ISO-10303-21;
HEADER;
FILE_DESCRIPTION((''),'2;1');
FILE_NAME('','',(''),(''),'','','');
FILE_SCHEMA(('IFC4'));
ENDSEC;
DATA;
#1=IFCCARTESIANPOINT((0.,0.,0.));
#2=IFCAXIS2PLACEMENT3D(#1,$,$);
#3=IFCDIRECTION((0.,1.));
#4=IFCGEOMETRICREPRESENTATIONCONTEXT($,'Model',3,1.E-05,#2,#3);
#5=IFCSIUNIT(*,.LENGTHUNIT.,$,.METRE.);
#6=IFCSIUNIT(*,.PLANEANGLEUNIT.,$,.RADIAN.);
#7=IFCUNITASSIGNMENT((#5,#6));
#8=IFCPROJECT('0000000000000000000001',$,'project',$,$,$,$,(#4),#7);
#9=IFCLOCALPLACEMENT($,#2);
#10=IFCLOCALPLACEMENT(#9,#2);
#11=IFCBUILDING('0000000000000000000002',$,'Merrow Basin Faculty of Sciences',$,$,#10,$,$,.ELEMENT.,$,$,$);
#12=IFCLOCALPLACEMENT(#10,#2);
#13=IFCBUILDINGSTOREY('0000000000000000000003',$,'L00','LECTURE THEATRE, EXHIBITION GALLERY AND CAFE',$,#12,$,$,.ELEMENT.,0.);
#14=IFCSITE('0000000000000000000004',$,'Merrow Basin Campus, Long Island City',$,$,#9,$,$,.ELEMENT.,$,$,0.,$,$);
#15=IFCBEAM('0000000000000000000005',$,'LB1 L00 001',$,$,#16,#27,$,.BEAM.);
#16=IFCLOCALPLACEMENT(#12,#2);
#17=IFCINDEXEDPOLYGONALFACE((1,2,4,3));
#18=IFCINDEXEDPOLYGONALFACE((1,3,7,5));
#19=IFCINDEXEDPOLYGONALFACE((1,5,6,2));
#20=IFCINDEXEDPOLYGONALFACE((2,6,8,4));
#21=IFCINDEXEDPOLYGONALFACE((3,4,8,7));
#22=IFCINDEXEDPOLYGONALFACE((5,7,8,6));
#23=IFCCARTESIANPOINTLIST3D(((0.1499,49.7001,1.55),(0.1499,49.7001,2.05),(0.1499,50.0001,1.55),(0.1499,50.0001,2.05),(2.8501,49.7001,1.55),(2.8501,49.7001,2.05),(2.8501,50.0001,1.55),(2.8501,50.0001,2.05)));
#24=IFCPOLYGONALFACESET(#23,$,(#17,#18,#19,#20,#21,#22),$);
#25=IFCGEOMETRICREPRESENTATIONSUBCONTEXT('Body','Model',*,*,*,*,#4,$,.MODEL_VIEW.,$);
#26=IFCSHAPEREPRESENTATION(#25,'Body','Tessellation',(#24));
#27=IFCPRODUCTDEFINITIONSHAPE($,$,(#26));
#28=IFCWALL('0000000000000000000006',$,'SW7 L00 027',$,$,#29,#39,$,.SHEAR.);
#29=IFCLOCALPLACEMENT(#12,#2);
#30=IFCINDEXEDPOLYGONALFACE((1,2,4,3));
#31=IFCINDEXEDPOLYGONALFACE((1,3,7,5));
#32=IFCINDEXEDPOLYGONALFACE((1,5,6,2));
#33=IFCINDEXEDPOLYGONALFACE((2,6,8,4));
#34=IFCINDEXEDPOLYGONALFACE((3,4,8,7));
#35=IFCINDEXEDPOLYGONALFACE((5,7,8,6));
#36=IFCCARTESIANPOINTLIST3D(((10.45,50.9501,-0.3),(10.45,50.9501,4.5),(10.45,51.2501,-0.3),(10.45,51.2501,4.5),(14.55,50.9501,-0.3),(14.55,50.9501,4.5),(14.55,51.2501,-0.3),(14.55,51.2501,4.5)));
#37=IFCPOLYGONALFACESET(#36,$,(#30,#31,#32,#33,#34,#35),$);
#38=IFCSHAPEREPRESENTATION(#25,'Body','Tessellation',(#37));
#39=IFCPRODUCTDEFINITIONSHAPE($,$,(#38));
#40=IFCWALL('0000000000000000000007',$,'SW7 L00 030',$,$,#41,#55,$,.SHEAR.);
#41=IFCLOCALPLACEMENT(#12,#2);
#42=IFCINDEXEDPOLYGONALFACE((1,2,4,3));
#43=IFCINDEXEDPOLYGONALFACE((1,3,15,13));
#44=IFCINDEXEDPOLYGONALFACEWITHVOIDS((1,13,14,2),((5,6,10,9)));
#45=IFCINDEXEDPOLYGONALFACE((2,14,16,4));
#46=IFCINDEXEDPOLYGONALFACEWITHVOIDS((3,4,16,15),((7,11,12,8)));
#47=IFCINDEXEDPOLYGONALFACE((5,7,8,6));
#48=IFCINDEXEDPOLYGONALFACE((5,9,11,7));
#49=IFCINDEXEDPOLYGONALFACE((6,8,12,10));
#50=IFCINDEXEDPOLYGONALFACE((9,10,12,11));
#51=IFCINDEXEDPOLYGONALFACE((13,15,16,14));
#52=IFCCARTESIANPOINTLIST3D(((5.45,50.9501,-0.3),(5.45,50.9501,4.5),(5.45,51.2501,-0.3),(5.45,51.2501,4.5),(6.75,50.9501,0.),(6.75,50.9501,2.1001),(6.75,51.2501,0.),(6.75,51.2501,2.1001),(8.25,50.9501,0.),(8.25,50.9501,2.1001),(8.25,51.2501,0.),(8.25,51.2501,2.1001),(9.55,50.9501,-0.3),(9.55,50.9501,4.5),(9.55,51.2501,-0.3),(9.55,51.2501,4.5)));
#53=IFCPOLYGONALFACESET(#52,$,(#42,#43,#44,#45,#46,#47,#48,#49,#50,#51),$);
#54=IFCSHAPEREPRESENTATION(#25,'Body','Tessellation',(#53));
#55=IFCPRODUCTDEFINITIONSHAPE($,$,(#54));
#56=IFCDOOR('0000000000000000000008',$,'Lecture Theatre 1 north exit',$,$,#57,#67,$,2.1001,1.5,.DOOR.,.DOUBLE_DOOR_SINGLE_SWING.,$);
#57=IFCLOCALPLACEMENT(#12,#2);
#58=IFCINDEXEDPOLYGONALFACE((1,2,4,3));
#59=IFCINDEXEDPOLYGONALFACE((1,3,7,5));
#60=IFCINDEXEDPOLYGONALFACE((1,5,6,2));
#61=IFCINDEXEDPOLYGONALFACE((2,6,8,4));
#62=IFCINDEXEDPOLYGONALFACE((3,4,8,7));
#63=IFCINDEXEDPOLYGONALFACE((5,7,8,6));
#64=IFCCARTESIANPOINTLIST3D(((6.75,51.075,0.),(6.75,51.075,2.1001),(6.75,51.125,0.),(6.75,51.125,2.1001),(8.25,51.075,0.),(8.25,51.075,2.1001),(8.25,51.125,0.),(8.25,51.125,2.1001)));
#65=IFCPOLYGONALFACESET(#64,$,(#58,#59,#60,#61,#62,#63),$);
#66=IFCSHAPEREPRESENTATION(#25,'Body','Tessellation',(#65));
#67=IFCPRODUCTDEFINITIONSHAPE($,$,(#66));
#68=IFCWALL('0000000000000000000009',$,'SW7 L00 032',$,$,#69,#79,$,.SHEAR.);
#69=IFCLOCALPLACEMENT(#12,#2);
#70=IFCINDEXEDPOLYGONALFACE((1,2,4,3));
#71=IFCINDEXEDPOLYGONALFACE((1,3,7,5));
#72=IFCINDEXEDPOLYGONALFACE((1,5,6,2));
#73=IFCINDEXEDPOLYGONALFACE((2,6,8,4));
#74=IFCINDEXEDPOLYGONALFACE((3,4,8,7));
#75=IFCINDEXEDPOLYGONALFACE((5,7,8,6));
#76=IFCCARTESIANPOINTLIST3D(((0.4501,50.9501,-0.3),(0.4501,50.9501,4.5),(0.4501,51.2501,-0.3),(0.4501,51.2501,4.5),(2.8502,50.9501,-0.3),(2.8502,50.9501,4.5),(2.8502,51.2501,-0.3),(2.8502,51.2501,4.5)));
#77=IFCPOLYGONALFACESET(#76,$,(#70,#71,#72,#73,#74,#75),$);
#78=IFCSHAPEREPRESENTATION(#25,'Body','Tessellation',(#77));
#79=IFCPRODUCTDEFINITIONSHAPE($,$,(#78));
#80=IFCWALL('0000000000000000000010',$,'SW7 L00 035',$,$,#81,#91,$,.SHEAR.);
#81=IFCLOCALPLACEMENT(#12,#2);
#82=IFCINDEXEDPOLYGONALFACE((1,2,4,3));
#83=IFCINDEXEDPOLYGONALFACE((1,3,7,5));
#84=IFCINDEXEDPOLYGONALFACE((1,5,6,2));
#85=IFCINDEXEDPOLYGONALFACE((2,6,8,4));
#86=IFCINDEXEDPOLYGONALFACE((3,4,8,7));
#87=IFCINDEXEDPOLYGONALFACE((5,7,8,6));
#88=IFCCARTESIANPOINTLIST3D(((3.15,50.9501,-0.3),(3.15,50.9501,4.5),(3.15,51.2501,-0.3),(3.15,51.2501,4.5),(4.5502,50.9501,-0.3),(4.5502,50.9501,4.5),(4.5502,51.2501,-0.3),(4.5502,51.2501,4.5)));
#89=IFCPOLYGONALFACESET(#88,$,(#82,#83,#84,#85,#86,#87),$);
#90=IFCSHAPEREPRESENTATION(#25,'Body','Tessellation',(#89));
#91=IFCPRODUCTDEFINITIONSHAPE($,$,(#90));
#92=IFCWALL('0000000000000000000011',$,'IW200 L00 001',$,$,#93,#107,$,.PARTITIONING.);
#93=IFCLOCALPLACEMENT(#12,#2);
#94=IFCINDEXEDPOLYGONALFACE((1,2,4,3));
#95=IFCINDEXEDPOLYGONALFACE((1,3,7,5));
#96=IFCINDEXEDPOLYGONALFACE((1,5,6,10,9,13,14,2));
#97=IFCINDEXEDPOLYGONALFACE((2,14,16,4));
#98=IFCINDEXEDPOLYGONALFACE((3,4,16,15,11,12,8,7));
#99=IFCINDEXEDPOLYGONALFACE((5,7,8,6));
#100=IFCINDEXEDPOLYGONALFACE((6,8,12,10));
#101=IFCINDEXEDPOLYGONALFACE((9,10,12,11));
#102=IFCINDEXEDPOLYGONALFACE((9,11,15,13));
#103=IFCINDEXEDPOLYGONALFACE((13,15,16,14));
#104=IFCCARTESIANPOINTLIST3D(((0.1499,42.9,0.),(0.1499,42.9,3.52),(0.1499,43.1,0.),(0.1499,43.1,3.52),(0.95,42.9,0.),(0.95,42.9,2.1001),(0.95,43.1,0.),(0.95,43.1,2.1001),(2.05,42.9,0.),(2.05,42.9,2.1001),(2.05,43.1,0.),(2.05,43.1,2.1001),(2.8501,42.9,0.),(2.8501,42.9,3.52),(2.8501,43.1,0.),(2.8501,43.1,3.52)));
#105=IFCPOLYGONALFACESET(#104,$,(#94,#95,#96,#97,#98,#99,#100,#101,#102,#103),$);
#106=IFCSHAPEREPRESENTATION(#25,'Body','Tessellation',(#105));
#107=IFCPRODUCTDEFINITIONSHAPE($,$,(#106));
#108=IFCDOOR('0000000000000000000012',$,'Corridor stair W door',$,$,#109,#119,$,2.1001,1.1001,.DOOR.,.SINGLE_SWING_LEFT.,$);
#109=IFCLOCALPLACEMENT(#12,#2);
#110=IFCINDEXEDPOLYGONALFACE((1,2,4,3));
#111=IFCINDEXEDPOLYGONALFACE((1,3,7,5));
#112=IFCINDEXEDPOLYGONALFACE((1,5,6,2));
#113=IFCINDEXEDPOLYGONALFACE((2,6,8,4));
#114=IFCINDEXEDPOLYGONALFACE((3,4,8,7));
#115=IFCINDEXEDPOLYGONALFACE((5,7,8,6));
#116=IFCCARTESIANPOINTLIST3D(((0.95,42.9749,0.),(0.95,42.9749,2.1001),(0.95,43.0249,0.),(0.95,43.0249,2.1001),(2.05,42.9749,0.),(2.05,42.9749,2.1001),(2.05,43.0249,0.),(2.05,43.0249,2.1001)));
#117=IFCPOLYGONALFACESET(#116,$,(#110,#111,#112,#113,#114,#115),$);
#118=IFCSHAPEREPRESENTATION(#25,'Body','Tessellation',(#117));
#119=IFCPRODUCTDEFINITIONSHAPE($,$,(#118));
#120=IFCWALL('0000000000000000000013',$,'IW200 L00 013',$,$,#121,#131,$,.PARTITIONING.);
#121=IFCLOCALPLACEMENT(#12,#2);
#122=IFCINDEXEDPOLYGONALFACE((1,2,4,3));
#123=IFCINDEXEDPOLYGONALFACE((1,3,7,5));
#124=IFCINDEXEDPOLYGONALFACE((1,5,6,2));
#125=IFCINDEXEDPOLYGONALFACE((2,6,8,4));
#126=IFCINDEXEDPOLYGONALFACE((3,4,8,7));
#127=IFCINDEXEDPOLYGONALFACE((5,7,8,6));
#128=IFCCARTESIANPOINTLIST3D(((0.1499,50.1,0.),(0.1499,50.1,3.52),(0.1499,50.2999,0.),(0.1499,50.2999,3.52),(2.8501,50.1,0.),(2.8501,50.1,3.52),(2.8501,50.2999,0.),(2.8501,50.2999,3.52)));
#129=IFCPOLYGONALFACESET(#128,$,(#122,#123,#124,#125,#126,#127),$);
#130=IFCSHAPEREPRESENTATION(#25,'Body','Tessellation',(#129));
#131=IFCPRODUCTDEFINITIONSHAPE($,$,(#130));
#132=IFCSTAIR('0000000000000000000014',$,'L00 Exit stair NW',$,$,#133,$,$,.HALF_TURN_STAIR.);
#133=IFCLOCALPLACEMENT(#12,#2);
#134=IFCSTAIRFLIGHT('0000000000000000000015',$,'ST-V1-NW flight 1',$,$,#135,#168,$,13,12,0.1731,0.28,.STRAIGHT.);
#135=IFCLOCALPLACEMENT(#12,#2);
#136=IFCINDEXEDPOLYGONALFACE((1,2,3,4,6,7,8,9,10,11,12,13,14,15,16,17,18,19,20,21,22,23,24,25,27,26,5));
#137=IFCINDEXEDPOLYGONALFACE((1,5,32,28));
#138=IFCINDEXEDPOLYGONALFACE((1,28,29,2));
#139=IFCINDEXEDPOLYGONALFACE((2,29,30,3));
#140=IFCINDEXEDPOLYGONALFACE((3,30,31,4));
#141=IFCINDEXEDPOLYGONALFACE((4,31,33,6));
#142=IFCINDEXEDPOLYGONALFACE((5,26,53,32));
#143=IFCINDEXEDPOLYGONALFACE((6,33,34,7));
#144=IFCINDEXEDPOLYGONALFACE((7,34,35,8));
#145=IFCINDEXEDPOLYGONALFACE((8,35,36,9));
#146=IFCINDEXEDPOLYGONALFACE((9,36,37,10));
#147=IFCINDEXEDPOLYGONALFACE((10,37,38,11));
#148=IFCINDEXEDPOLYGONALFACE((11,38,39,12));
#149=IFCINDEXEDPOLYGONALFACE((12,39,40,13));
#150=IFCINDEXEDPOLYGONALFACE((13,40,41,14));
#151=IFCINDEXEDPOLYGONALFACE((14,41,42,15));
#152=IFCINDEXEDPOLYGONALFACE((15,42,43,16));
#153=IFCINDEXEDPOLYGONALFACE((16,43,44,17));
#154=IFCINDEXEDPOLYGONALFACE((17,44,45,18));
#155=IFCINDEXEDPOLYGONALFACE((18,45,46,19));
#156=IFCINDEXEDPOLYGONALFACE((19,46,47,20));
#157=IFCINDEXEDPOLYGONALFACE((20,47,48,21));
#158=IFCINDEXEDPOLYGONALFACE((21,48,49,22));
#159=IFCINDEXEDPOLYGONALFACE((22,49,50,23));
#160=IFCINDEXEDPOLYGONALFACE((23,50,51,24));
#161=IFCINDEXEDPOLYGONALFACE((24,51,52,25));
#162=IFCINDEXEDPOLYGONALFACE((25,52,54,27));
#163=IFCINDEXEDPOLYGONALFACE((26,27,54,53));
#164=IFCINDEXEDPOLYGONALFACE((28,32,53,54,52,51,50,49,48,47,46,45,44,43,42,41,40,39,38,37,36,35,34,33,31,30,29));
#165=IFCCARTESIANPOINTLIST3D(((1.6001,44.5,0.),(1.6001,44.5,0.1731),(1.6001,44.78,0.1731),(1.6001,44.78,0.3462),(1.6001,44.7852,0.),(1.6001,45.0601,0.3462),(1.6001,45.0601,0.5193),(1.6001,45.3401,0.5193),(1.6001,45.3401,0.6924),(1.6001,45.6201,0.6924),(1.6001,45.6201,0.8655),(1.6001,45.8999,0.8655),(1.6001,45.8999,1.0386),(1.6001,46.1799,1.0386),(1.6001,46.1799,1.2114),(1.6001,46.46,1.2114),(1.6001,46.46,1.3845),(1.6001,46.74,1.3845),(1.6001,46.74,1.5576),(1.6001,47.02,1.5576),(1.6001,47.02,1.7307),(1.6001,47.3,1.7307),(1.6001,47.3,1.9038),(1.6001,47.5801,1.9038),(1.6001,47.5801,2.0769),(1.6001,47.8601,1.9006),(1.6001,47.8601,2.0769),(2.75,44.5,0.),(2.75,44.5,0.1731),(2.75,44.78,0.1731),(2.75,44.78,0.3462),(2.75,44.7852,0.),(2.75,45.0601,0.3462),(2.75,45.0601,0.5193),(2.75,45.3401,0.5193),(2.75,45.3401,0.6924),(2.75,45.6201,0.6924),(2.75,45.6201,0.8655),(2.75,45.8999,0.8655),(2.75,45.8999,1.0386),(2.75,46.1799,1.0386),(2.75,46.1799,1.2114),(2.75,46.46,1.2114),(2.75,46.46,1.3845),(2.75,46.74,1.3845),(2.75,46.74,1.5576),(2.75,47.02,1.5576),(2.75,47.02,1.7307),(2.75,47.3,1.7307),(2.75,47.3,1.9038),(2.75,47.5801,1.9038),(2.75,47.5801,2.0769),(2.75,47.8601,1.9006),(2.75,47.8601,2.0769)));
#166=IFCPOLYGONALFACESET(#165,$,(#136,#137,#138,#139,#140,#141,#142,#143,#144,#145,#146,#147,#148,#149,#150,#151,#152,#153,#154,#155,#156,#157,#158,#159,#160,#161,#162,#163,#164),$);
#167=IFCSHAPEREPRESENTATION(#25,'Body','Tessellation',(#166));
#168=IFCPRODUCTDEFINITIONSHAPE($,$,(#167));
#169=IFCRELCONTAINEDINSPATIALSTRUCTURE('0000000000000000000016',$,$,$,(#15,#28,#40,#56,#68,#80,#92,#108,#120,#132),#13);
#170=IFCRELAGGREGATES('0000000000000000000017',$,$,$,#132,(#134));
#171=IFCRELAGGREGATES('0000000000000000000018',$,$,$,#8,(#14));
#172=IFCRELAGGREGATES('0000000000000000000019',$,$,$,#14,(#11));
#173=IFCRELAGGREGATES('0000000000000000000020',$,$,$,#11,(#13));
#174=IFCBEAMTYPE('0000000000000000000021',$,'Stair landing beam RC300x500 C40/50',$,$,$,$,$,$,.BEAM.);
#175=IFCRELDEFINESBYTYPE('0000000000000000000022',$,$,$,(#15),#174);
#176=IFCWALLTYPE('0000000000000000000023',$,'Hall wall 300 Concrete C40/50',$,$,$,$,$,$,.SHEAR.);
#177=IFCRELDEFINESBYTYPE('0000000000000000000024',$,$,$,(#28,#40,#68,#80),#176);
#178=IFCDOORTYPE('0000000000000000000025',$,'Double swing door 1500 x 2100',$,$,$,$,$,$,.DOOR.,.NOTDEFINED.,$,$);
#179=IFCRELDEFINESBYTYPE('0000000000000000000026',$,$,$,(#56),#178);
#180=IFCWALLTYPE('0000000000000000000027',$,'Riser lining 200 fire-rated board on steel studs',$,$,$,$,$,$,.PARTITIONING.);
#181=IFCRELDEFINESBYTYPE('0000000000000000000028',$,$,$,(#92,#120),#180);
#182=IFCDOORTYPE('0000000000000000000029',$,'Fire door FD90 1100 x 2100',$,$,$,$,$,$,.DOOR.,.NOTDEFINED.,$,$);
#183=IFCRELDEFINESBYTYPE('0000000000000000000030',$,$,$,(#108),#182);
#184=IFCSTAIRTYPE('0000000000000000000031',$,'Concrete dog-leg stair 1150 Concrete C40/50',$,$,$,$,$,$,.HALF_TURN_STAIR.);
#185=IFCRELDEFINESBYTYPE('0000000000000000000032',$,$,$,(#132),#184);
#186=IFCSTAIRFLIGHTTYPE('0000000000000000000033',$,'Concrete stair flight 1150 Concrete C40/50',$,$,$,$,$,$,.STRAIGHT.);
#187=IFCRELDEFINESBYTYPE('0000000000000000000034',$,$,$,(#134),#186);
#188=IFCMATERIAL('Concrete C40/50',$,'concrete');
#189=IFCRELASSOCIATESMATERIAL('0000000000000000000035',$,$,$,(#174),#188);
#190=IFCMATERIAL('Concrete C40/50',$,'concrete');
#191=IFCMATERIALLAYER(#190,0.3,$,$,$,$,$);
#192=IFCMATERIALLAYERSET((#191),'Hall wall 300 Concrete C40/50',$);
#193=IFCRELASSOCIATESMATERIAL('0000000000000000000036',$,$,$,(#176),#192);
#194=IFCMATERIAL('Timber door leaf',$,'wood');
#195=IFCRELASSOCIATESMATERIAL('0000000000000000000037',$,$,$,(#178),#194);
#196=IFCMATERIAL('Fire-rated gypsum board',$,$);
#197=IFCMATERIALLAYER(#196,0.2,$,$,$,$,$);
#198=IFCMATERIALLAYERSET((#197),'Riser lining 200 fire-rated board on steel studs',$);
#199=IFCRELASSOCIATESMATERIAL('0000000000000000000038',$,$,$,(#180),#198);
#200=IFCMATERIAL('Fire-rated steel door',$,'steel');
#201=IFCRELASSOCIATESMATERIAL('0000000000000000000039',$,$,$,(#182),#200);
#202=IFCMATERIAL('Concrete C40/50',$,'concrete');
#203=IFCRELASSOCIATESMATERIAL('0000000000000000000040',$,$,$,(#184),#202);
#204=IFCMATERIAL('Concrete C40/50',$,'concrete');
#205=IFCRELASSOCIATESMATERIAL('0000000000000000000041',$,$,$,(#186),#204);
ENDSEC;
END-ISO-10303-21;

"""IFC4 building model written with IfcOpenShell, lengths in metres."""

from ifc_helpers import new_model, si_unit, direction, frame, frame_2d, origin, origin_2d, place, context, subcontext, project, spatial, polyline, rectangle, outline, extrude, material, layer, layer_set, material_profile, profile_set, type_object, element, fill, aggregate, save


model = new_model("IFC4")

# Units and contexts
model_context = context("Model", 3, precision=1e-05, world=origin(), true_north=direction((0.0, 1.0)))
body_context = subcontext(model_context, "Body", "Model", "MODEL_VIEW")
ifc_project = project(units=[si_unit("LENGTHUNIT", "METRE"), si_unit("PLANEANGLEUNIT", "RADIAN")], contexts=[model_context])

# Site, building, storey
site_placement = place(None, origin())
site = spatial("IfcSite", under=ifc_project, at=site_placement, Name="Merrow Basin Campus, Long Island City", CompositionType="ELEMENT", RefElevation=0.0)
building_placement = place(site_placement, origin())
building = spatial("IfcBuilding", under=site, at=building_placement, Name="Merrow Basin Faculty of Sciences", CompositionType="ELEMENT")
storey_placement = place(building_placement, origin())
storey = spatial("IfcBuildingStorey", under=building, at=storey_placement, Name="L00", Description="LECTURE THEATRE, EXHIBITION GALLERY AND CAFE", CompositionType="ELEMENT", Elevation=0.0)

# Beam
ifc_material_1 = material(Name="Concrete C40/50", Category="concrete")
ifc_material_profile_1 = material_profile(ifc_material_1, rectangle(XDim=0.3, YDim=0.5, at=origin_2d()))
ifc_profile_set_1 = profile_set([ifc_material_profile_1], Name="Concrete C40/50")
beam_type = type_object("IfcBeamType", Name="Stair landing beam RC300x500 C40/50", PredefinedType="BEAM", material=ifc_profile_set_1)
beam_placement = place(storey_placement, frame((0.1499, 49.8501, 1.8), z_axis=(1.0, 0.0, 0.0), x_axis=(0.0, 1.0, 0.0)))
element("IfcBeam", 1, at=beam_placement, inside=storey, type_object=beam_type, Name="LB1 L00 001", PredefinedType="BEAM", context=body_context, shape_type="SweptSolid", body=[
    extrude(rectangle(XDim=0.3, YDim=0.5, at=origin_2d()), origin(), (0.0, 0.0, 1.0), 2.7002),
])

# Wall
ifc_material_2 = material(Name="Concrete C40/50", Category="concrete")
ifc_layer_1 = layer(ifc_material_2, 0.3)
ifc_layer_set_1 = layer_set([ifc_layer_1], Name="Hall wall 300 Concrete C40/50")
wall_type_1 = type_object("IfcWallType", Name="Hall wall 300 Concrete C40/50", PredefinedType="SHEAR", material=ifc_layer_set_1)
wall_1_placement = place(storey_placement, frame((10.45, 51.1001, -0.3), z_axis=(0.0, 0.0, 1.0), x_axis=(1.0, 0.0, 0.0)))
element("IfcWall", 2, at=wall_1_placement, inside=storey, type_object=wall_type_1, Name="SW7 L00 027", PredefinedType="SHEAR", context=body_context, shape_type="SweptSolid", body=[
    extrude(rectangle(XDim=4.1001, YDim=0.3, at=frame_2d((2.05, 0.0))), origin(), (0.0, 0.0, 1.0), 4.8),
])

# Wall, opening, door
wall_2_placement = place(storey_placement, frame((5.45, 51.1001, -0.3), z_axis=(0.0, 0.0, 1.0), x_axis=(1.0, 0.0, 0.0)))
wall_2 = element("IfcWall", 3, at=wall_2_placement, inside=storey, type_object=wall_type_1, Name="SW7 L00 030", PredefinedType="SHEAR", context=body_context, shape_type="SweptSolid", body=[
    extrude(rectangle(XDim=4.1001, YDim=0.3, at=frame_2d((2.05, 0.0))), origin(), (0.0, 0.0, 1.0), 4.8),
])
opening_1_placement = place(wall_2_placement, frame((1.3, 0.0, 0.3)))
opening_1 = element("IfcOpeningElement", 4, at=opening_1_placement, cuts=wall_2, PredefinedType="OPENING", context=body_context, shape_type="SweptSolid", body=[
    extrude(rectangle(XDim=1.5, YDim=2.1001, at=frame_2d((0.75, 1.05))), frame((0.0, 0.1599, 0.0), z_axis=(0.0, -1.0, 0.0), x_axis=(1.0, 0.0, 0.0)), (0.0, 0.0, 1.0), 0.3201),
])
ifc_material_3 = material(Name="Timber door leaf", Category="wood")
door_type_1 = type_object("IfcDoorType", Name="Double swing door 1500 x 2100", OperationType="NOTDEFINED", PredefinedType="DOOR", material=ifc_material_3)
door_1_placement = place(opening_1_placement, origin())
door_1 = element("IfcDoor", 5, at=door_1_placement, inside=storey, type_object=door_type_1, Name="Lecture Theatre 1 north exit", OperationType="DOUBLE_DOOR_SINGLE_SWING", OverallHeight=2.1001, OverallWidth=1.5, PredefinedType="DOOR", context=body_context, shape_type="SweptSolid", body=[
    extrude(rectangle(XDim=1.5, YDim=2.1001, at=frame_2d((0.75, 1.05))), frame((0.0, 0.0249, 0.0), z_axis=(0.0, -1.0, 0.0), x_axis=(1.0, 0.0, 0.0)), (0.0, 0.0, 1.0), 0.05),
])
fill(opening_1, door_1)

# Walls
wall_3_placement = place(storey_placement, frame((0.45, 51.1001, -0.3), z_axis=(0.0, 0.0, 1.0), x_axis=(1.0, 0.0, 0.0)))
element("IfcWall", 6, at=wall_3_placement, inside=storey, type_object=wall_type_1, Name="SW7 L00 032", PredefinedType="SHEAR", context=body_context, shape_type="SweptSolid", body=[
    extrude(rectangle(XDim=2.4001, YDim=0.3, at=frame_2d((1.2002, 0.0))), origin(), (0.0, 0.0, 1.0), 4.8),
])
wall_4_placement = place(storey_placement, frame((3.1499, 51.1001, -0.3), z_axis=(0.0, 0.0, 1.0), x_axis=(1.0, 0.0, 0.0)))
element("IfcWall", 7, at=wall_4_placement, inside=storey, type_object=wall_type_1, Name="SW7 L00 035", PredefinedType="SHEAR", context=body_context, shape_type="SweptSolid", body=[
    extrude(rectangle(XDim=1.4001, YDim=0.3, at=frame_2d((0.7002, 0.0))), origin(), (0.0, 0.0, 1.0), 4.8),
])

# Wall, opening, door
ifc_material_4 = material(Name="Fire-rated gypsum board")
ifc_layer_2 = layer(ifc_material_4, 0.2)
ifc_layer_set_2 = layer_set([ifc_layer_2], Name="Riser lining 200 fire-rated board on steel studs")
wall_type_2 = type_object("IfcWallType", Name="Riser lining 200 fire-rated board on steel studs", PredefinedType="PARTITIONING", material=ifc_layer_set_2)
wall_5_placement = place(storey_placement, frame((0.1499, 43.0, 0.0), z_axis=(0.0, 0.0, 1.0), x_axis=(1.0, 0.0, 0.0)))
wall_5 = element("IfcWall", 8, at=wall_5_placement, inside=storey, type_object=wall_type_2, Name="IW200 L00 001", PredefinedType="PARTITIONING", context=body_context, shape_type="SweptSolid", body=[
    extrude(rectangle(XDim=2.7002, YDim=0.2, at=frame_2d((1.3501, 0.0))), origin(), (0.0, 0.0, 1.0), 3.52),
])
opening_2_placement = place(wall_5_placement, frame((0.8, 0.0, 0.0)))
opening_2 = element("IfcOpeningElement", 9, at=opening_2_placement, cuts=wall_5, PredefinedType="OPENING", context=body_context, shape_type="SweptSolid", body=[
    extrude(rectangle(XDim=1.1001, YDim=2.1001, at=frame_2d((0.55, 1.05))), frame((0.0, 0.1099, 0.0), z_axis=(0.0, -1.0, 0.0), x_axis=(1.0, 0.0, 0.0)), (0.0, 0.0, 1.0), 0.22),
])
ifc_material_5 = material(Name="Fire-rated steel door", Category="steel")
door_type_2 = type_object("IfcDoorType", Name="Fire door FD90 1100 x 2100", OperationType="NOTDEFINED", PredefinedType="DOOR", material=ifc_material_5)
door_2_placement = place(opening_2_placement, origin())
door_2 = element("IfcDoor", 10, at=door_2_placement, inside=storey, type_object=door_type_2, Name="Corridor stair W door", OperationType="SINGLE_SWING_LEFT", OverallHeight=2.1001, OverallWidth=1.1001, PredefinedType="DOOR", context=body_context, shape_type="SweptSolid", body=[
    extrude(rectangle(XDim=1.1001, YDim=2.1001, at=frame_2d((0.55, 1.05))), frame((0.0, 0.0249, 0.0), z_axis=(0.0, -1.0, 0.0), x_axis=(1.0, 0.0, 0.0)), (0.0, 0.0, 1.0), 0.05),
])
fill(opening_2, door_2)

# Wall
wall_6_placement = place(storey_placement, frame((0.1499, 50.2, 0.0), z_axis=(0.0, 0.0, 1.0), x_axis=(1.0, 0.0, 0.0)))
element("IfcWall", 11, at=wall_6_placement, inside=storey, type_object=wall_type_2, Name="IW200 L00 013", PredefinedType="PARTITIONING", context=body_context, shape_type="SweptSolid", body=[
    extrude(rectangle(XDim=2.7002, YDim=0.2, at=frame_2d((1.3501, 0.0))), origin(), (0.0, 0.0, 1.0), 3.52),
])

# Stair, stair flight
ifc_material_6 = material(Name="Concrete C40/50", Category="concrete")
stair_type = type_object("IfcStairType", Name="Concrete dog-leg stair 1150 Concrete C40/50", PredefinedType="HALF_TURN_STAIR", material=ifc_material_6)
stair_placement = place(storey_placement, origin())
stair = element("IfcStair", 12, at=stair_placement, inside=storey, type_object=stair_type, Name="L00 Exit stair NW", PredefinedType="HALF_TURN_STAIR")
ifc_material_7 = material(Name="Concrete C40/50", Category="concrete")
stair_flight_type = type_object("IfcStairFlightType", Name="Concrete stair flight 1150 Concrete C40/50", PredefinedType="STRAIGHT", material=ifc_material_7)
stair_flight_1_placement = place(storey_placement, frame((2.175, 44.5, 0.0), z_axis=(0.0, 0.0, 1.0), x_axis=(0.0, 1.0, 0.0)))
stair_flight_1 = element("IfcStairFlight", 13, at=stair_flight_1_placement, type_object=stair_flight_type, Name="ST-V1-NW flight 1", NumberOfRisers=13, NumberOfTreads=12, PredefinedType="STRAIGHT", RiserHeight=0.1731, TreadLength=0.28, context=body_context, shape_type="SweptSolid", body=[
    extrude(outline(polyline([(0.0, 0.0), (0.0, 0.1731), (0.28, 0.1731), (0.28, 0.3462), (0.5601, 0.3462), (0.5601, 0.5193), (0.8401, 0.5193), (0.8401, 0.6924), (1.1201, 0.6924), (1.1201, 0.8655), (1.3999, 0.8655), (1.3999, 1.0386), (1.6799, 1.0386), (1.6799, 1.2114), (1.96, 1.2114), (1.96, 1.3845), (2.24, 1.3845), (2.24, 1.5576), (2.52, 1.5576), (2.52, 1.7307), (2.8, 1.7307), (2.8, 1.9038), (3.0801, 1.9038), (3.0801, 2.0769), (3.3601, 2.0769), (3.3601, 2.25), (3.3601, 1.9006), (0.2852, 0.0), (0.0, 0.0)])), frame((0.0, 0.575, 0.0), z_axis=(0.0, -1.0, 0.0), x_axis=(1.0, 0.0, 0.0)), (0.0, 0.0, 1.0), 1.1499),
])
aggregate(stair, [stair_flight_1])

save(model, "model.ifc")
